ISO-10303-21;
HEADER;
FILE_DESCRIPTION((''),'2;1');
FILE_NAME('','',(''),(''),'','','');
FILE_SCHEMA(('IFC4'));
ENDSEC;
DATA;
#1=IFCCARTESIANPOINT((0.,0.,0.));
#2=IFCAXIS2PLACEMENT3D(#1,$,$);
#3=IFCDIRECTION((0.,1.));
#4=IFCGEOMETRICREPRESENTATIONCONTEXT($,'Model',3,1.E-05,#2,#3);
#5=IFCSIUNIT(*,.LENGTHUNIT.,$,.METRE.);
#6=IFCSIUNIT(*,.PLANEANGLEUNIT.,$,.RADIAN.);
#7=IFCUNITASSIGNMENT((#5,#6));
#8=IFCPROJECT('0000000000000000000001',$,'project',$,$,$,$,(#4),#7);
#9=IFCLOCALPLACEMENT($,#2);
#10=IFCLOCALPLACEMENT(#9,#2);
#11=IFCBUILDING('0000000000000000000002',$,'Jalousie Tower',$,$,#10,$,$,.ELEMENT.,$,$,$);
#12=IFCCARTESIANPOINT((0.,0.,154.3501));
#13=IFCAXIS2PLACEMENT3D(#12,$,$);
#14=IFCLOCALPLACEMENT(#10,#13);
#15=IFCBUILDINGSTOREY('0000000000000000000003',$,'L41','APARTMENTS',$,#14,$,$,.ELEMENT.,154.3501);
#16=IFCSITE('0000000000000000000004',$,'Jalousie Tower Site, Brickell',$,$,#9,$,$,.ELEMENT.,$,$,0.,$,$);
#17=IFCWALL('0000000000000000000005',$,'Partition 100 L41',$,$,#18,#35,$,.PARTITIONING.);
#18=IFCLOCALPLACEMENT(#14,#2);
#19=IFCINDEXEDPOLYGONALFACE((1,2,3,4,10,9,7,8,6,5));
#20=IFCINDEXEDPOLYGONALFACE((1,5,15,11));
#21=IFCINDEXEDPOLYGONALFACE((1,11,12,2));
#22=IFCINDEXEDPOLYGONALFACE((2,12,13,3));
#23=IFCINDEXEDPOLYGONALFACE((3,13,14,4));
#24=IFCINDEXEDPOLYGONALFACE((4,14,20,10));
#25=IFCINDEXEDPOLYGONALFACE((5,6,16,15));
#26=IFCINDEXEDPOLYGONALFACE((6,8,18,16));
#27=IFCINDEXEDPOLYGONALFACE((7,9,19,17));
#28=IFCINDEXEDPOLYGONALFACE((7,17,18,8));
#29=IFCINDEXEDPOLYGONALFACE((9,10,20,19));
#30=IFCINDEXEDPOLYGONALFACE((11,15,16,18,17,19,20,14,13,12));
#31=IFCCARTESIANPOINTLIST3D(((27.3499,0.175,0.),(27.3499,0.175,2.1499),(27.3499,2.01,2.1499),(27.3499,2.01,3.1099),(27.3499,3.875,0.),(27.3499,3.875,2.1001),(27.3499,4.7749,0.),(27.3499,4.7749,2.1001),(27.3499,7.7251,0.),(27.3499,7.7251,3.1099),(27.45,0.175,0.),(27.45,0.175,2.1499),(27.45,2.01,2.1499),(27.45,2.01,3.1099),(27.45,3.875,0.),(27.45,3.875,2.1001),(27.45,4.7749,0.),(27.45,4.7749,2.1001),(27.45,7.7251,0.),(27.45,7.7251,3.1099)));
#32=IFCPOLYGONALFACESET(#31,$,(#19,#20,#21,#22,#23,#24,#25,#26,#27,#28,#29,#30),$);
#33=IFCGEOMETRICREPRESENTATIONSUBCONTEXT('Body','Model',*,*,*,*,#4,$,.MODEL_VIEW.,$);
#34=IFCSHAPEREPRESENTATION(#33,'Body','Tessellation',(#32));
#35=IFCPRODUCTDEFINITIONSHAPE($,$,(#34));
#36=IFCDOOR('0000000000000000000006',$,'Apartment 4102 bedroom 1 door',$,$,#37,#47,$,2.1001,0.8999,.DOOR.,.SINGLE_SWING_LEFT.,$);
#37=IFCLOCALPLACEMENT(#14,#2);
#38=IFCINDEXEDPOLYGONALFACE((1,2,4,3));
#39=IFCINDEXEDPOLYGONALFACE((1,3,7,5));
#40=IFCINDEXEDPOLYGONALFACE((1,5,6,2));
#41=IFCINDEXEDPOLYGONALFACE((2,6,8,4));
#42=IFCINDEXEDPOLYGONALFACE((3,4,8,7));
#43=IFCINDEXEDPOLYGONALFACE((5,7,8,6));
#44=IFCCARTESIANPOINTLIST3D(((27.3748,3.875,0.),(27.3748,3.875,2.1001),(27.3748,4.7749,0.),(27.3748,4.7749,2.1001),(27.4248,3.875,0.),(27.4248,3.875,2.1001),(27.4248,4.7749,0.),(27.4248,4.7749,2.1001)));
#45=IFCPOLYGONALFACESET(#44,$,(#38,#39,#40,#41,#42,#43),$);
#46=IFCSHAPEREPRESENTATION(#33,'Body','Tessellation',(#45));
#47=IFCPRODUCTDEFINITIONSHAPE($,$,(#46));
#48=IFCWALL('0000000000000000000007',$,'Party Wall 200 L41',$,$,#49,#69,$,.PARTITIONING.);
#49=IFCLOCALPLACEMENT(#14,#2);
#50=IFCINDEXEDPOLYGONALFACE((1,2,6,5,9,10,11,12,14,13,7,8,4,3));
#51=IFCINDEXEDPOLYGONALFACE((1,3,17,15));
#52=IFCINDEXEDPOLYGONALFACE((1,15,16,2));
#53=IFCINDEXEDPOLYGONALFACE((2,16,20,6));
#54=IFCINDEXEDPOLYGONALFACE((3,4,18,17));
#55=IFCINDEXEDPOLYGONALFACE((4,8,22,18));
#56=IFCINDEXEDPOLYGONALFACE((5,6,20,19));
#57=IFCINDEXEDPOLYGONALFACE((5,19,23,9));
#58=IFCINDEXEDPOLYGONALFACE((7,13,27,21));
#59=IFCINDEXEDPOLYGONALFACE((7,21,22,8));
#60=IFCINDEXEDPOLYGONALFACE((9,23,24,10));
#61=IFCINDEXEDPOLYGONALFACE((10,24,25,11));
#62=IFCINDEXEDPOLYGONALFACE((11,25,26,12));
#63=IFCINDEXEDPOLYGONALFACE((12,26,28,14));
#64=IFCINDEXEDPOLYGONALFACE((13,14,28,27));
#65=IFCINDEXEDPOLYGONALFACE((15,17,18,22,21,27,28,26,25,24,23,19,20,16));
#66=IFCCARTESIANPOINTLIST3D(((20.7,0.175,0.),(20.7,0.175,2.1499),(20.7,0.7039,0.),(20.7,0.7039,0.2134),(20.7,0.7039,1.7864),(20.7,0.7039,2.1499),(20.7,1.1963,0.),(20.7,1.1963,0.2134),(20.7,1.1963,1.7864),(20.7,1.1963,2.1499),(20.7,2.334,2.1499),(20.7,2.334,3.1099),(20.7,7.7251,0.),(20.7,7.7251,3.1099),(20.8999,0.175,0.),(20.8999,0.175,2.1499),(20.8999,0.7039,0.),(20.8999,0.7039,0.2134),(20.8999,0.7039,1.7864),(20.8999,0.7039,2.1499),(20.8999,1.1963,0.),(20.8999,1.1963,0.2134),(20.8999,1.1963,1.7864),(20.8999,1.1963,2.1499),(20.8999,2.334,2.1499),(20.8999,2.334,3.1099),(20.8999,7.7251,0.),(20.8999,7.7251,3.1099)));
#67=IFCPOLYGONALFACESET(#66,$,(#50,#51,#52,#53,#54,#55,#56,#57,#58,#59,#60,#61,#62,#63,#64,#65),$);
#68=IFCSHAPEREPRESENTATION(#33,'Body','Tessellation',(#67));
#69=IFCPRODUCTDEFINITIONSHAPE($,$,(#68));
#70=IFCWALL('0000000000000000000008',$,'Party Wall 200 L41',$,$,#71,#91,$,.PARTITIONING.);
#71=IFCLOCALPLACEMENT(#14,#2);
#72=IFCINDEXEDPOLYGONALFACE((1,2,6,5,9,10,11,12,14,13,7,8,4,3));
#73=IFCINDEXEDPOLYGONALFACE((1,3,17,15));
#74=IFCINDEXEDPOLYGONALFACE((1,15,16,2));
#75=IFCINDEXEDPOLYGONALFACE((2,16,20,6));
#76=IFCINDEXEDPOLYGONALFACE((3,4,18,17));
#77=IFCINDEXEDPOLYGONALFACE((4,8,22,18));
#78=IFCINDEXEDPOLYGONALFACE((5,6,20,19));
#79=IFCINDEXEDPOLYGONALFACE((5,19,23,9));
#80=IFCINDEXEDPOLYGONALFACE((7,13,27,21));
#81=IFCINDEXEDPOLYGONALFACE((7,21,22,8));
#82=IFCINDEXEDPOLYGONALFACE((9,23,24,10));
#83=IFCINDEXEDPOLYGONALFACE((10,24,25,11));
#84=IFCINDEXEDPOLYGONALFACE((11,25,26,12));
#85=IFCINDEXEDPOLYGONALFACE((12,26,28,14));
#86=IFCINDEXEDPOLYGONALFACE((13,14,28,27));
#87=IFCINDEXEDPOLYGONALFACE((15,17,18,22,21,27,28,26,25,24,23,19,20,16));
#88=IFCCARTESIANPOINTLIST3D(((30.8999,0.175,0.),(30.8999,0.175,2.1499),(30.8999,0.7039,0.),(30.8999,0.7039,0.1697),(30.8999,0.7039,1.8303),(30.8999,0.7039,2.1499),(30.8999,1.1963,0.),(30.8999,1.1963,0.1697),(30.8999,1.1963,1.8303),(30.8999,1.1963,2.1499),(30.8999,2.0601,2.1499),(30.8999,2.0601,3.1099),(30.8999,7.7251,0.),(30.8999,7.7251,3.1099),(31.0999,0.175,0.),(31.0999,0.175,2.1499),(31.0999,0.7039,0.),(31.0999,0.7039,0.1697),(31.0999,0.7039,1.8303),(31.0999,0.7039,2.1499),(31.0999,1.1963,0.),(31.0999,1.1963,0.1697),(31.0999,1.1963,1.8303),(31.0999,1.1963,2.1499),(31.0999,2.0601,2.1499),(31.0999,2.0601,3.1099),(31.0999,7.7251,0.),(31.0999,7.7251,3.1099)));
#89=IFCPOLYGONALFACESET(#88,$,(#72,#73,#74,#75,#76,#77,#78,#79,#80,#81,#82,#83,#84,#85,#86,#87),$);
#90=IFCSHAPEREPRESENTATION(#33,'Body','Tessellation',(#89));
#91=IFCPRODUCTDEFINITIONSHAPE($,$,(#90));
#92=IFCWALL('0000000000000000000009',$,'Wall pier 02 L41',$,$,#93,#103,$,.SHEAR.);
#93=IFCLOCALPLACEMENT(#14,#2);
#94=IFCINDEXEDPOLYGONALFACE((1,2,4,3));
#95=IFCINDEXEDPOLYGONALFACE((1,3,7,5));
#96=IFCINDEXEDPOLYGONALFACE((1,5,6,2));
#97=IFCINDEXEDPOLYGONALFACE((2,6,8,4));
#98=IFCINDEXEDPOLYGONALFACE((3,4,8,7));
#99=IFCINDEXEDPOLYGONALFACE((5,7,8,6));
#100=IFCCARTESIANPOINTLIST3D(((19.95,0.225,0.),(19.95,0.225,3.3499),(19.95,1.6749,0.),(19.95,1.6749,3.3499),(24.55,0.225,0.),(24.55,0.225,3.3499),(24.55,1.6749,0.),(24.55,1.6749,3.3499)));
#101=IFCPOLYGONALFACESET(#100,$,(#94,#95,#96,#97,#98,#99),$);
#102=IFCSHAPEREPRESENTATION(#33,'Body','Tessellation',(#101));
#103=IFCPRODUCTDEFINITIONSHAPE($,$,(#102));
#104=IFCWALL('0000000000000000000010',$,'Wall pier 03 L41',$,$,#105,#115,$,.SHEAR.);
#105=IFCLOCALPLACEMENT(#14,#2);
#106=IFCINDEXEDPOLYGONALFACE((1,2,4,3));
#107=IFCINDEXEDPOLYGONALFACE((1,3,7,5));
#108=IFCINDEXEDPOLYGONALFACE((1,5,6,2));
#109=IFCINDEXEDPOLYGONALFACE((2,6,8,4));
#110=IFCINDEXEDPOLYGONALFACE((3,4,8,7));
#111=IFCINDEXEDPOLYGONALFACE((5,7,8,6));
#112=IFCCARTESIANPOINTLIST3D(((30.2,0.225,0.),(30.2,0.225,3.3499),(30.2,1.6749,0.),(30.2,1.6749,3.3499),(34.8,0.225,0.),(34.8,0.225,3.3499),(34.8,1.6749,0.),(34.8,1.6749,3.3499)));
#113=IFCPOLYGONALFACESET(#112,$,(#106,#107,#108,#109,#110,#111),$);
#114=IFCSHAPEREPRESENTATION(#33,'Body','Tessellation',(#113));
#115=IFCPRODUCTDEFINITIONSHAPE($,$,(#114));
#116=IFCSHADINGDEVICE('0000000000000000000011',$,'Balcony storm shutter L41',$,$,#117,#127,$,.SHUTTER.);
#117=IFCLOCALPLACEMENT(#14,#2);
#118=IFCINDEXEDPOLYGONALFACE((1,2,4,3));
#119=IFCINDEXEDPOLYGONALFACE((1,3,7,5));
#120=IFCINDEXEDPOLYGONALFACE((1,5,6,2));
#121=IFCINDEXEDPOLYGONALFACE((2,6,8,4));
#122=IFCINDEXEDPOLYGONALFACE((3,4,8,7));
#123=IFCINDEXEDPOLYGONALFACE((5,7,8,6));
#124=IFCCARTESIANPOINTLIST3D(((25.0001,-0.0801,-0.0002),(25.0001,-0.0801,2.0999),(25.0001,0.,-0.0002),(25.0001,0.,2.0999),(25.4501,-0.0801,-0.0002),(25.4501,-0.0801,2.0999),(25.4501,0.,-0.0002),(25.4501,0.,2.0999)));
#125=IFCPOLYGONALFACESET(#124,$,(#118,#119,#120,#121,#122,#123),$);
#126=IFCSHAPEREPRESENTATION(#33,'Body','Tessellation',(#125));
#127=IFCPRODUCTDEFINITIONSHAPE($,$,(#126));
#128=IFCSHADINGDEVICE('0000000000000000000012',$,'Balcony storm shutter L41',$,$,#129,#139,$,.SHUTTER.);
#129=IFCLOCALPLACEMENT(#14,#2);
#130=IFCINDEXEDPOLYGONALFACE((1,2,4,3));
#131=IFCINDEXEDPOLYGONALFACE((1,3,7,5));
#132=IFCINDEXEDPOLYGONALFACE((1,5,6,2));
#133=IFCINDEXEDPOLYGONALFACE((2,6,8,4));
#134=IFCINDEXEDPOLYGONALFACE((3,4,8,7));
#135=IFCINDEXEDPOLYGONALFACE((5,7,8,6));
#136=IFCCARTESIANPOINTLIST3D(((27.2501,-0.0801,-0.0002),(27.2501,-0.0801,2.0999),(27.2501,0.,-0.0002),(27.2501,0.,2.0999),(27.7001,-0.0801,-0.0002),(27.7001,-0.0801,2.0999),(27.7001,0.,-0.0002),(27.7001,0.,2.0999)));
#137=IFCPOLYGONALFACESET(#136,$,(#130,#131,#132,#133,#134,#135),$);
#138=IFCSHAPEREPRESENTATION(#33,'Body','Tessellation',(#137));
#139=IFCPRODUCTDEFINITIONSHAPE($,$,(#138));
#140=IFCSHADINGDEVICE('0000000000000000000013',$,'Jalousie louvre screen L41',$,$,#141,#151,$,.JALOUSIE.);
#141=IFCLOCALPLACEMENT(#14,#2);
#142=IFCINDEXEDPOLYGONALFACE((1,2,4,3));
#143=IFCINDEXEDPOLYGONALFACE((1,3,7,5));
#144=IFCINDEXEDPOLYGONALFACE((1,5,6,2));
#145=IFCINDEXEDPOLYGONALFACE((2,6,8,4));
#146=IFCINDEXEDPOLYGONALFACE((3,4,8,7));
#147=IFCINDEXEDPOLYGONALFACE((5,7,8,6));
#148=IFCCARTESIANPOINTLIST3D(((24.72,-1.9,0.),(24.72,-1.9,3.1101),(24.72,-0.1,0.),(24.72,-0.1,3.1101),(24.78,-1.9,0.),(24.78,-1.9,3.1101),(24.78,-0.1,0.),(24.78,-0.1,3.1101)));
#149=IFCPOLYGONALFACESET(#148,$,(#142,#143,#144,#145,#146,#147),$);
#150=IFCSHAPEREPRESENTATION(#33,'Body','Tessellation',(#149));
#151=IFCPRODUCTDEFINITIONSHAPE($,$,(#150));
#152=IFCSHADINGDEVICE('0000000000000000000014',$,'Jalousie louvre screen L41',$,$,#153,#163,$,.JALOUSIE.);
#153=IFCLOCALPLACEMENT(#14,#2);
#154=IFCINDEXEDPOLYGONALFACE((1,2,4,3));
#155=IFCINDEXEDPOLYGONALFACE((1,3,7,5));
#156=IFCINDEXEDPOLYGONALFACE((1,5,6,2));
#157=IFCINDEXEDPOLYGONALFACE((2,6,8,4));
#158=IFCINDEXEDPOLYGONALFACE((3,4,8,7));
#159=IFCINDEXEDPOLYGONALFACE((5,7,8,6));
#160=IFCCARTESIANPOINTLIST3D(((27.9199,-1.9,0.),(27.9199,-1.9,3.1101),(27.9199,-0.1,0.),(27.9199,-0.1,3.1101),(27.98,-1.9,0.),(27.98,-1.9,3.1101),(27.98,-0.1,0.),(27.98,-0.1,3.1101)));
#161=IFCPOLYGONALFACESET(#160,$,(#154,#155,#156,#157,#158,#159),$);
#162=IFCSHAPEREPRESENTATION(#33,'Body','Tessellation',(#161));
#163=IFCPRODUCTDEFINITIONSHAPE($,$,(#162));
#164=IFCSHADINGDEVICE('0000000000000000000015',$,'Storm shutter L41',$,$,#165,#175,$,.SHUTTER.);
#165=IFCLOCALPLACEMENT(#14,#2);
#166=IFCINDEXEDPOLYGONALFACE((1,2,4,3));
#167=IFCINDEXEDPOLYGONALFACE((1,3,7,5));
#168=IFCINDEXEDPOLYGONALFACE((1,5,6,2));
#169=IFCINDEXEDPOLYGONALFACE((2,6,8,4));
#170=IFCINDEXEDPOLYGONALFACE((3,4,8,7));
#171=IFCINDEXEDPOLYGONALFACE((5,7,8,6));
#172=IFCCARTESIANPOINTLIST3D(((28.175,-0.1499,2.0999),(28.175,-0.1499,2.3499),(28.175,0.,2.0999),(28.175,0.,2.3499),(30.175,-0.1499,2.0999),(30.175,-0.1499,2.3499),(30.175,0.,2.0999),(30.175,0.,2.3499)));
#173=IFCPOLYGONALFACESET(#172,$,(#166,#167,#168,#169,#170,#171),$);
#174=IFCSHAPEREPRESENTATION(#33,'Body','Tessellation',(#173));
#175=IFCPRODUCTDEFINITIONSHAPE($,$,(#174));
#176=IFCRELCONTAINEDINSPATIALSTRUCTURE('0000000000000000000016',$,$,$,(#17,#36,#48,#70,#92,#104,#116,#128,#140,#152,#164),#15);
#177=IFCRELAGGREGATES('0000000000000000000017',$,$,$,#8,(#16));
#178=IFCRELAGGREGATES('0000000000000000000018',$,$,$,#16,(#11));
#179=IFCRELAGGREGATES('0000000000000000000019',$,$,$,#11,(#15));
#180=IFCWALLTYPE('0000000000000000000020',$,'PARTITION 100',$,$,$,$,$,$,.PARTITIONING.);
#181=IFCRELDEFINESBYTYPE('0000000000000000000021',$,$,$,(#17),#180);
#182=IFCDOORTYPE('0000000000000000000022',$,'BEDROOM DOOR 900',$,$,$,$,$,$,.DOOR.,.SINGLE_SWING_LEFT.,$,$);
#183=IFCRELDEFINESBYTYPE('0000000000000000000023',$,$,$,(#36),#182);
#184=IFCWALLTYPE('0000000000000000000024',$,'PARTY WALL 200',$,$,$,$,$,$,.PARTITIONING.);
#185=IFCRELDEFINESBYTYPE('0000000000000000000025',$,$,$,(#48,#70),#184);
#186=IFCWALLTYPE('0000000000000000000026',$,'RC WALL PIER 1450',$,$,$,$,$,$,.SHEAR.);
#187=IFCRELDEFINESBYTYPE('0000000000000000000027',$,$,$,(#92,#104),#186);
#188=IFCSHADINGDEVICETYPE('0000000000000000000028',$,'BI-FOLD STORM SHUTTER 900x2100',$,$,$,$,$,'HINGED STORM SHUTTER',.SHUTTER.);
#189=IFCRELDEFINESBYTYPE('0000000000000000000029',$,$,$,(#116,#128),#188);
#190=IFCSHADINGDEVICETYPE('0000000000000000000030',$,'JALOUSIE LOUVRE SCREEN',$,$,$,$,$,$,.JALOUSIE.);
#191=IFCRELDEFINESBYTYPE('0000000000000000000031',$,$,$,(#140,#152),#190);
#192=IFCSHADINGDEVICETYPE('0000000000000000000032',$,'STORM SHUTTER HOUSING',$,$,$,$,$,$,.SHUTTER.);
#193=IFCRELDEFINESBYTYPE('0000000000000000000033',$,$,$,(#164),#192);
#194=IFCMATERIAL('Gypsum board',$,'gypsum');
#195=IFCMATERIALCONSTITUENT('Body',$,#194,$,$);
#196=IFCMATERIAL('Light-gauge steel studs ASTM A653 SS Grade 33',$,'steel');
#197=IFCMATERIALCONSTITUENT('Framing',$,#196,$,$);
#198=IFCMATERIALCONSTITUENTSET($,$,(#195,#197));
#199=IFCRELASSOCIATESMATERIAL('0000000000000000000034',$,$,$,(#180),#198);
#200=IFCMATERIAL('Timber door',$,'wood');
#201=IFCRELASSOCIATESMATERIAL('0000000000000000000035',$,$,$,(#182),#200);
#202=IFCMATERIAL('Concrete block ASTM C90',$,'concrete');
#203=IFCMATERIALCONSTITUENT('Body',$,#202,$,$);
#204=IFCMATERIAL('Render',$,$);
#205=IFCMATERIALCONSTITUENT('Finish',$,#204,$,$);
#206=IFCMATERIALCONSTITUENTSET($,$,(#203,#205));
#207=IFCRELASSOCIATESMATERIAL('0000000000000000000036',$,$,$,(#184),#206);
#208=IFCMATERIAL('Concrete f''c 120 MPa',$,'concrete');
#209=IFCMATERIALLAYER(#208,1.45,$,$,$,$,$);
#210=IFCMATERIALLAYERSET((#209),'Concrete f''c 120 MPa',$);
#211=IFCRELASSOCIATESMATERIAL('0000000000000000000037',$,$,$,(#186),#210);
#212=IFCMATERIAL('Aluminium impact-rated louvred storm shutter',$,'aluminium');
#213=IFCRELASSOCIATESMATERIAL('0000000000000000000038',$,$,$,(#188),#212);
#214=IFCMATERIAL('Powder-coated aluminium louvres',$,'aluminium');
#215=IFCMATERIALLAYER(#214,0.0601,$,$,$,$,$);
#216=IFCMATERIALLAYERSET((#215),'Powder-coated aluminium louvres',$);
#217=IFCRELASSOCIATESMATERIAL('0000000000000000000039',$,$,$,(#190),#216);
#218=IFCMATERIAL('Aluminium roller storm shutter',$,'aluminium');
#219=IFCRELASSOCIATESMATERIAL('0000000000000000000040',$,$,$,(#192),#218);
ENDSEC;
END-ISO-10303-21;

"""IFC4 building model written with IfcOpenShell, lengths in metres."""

from ifc_helpers import new_model, si_unit, direction, frame, frame_2d, origin, origin_2d, place, context, subcontext, project, spatial, polyline, rectangle, outline, extrude, material, layer, layer_set, constituent, constituent_set, type_object, element, fill, save


model = new_model("IFC4")

# Units and contexts
model_context = context("Model", 3, precision=1e-05, world=origin(), true_north=direction((0.0, 1.0)))
body_context = subcontext(model_context, "Body", "Model", "MODEL_VIEW")
ifc_project = project(units=[si_unit("LENGTHUNIT", "METRE"), si_unit("PLANEANGLEUNIT", "RADIAN")], contexts=[model_context])

# Site, building, storey
site_placement = place(None, origin())
site = spatial("IfcSite", under=ifc_project, at=site_placement, Name="Jalousie Tower Site, Brickell", CompositionType="ELEMENT", RefElevation=0.0)
building_placement = place(site_placement, origin())
building = spatial("IfcBuilding", under=site, at=building_placement, Name="Jalousie Tower", CompositionType="ELEMENT")
storey_placement = place(building_placement, frame((0.0, 0.0, 154.3501)))
storey = spatial("IfcBuildingStorey", under=building, at=storey_placement, Name="L41", Description="APARTMENTS", CompositionType="ELEMENT", Elevation=154.3501)

# Wall, opening, door
ifc_material_1 = material(Name="Gypsum board", Category="gypsum")
ifc_constituent_1 = constituent(ifc_material_1, Name="Body")
ifc_material_2 = material(Name="Light-gauge steel studs ASTM A653 SS Grade 33", Category="steel")
ifc_constituent_2 = constituent(ifc_material_2, Name="Framing")
ifc_constituent_set_1 = constituent_set(constituents=[ifc_constituent_1, ifc_constituent_2])
wall_type_1 = type_object("IfcWallType", Name="PARTITION 100", PredefinedType="PARTITIONING", material=ifc_constituent_set_1)
wall_1_placement = place(storey_placement, frame((27.3999, 0.175, 0.0), z_axis=(0.0, 0.0, 1.0), x_axis=(0.0, 1.0, 0.0)))
wall_1 = element("IfcWall", 1, at=wall_1_placement, inside=storey, type_object=wall_type_1, Name="Partition 100 L41", PredefinedType="PARTITIONING", context=body_context, shape_type="SweptSolid", body=[
    extrude(outline(polyline([(0.0, 0.0), (7.55, 0.0), (7.55, 3.1099), (1.835, 3.1099), (1.835, 2.1499), (0.0, 2.1499), (0.0, 3.1099), (0.0, 0.0)])), frame((0.0, 0.05, 0.0), z_axis=(0.0, -1.0, 0.0), x_axis=(1.0, 0.0, 0.0)), (0.0, 0.0, 1.0), 0.1001),
])
opening_1_placement = place(wall_1_placement, frame((3.7, 0.0, 0.0)))
opening_1 = element("IfcOpeningElement", 2, at=opening_1_placement, cuts=wall_1, PredefinedType="OPENING", context=body_context, shape_type="SweptSolid", body=[
    extrude(rectangle(XDim=0.8999, YDim=2.1001, at=frame_2d((0.45, 1.05))), frame((0.0, 0.0601, 0.0), z_axis=(0.0, -1.0, 0.0), x_axis=(1.0, 0.0, 0.0)), (0.0, 0.0, 1.0), 0.1201),
])
ifc_material_3 = material(Name="Timber door", Category="wood")
door_type_1 = type_object("IfcDoorType", Name="BEDROOM DOOR 900", OperationType="SINGLE_SWING_LEFT", PredefinedType="DOOR", material=ifc_material_3)
door_1_placement = place(opening_1_placement, frame((0.8999, 0.0, 0.0), z_axis=(0.0, 0.0, 1.0), x_axis=(-1.0, 0.0, 0.0)))
door_1 = element("IfcDoor", 3, at=door_1_placement, inside=storey, type_object=door_type_1, Name="Apartment 4102 bedroom 1 door", OperationType="SINGLE_SWING_LEFT", OverallHeight=2.1001, OverallWidth=0.8999, PredefinedType="DOOR", context=body_context, shape_type="SweptSolid", body=[
    extrude(rectangle(XDim=0.8999, YDim=2.1001, at=frame_2d((0.45, 1.05))), frame((0.0, 0.0249, 0.0), z_axis=(0.0, -1.0, 0.0), x_axis=(1.0, 0.0, 0.0)), (0.0, 0.0, 1.0), 0.05),
])
fill(opening_1, door_1)

# Walls
ifc_material_4 = material(Name="Concrete block ASTM C90", Category="concrete")
ifc_constituent_3 = constituent(ifc_material_4, Name="Body")
ifc_material_5 = material(Name="Render")
ifc_constituent_4 = constituent(ifc_material_5, Name="Finish")
ifc_constituent_set_2 = constituent_set(constituents=[ifc_constituent_3, ifc_constituent_4])
wall_type_2 = type_object("IfcWallType", Name="PARTY WALL 200", PredefinedType="PARTITIONING", material=ifc_constituent_set_2)
wall_2_placement = place(storey_placement, frame((20.8, 0.175, 0.0), z_axis=(0.0, 0.0, 1.0), x_axis=(0.0, 1.0, 0.0)))
element("IfcWall", 4, at=wall_2_placement, inside=storey, type_object=wall_type_2, Name="Party Wall 200 L41", PredefinedType="PARTITIONING", context=body_context, shape_type="SweptSolid", body=[
    extrude(outline(polyline([(0.5288, 2.1499), (0.0, 2.1499), (0.0, 0.0), (0.5288, 0.0), (0.5288, 0.2134), (1.0212, 0.2134), (1.0212, 0.0), (7.55, 0.0), (7.55, 3.1099), (2.1589, 3.1099), (2.1589, 2.1499), (1.0212, 2.1499), (1.0212, 1.7864), (0.5288, 1.7864), (0.5288, 2.1499)])), frame((0.0, 0.1001, 0.0), z_axis=(0.0, -1.0, 0.0), x_axis=(1.0, 0.0, 0.0)), (0.0, 0.0, 1.0), 0.2),
])
wall_3_placement = place(storey_placement, frame((31.0, 0.175, 0.0), z_axis=(0.0, 0.0, 1.0), x_axis=(0.0, 1.0, 0.0)))
element("IfcWall", 5, at=wall_3_placement, inside=storey, type_object=wall_type_2, Name="Party Wall 200 L41", PredefinedType="PARTITIONING", context=body_context, shape_type="SweptSolid", body=[
    extrude(outline(polyline([(0.5288, 2.1499), (0.0, 2.1499), (0.0, 0.0), (0.5288, 0.0), (0.5288, 0.1697), (1.0212, 0.1697), (1.0212, 0.0), (7.55, 0.0), (7.55, 3.1099), (1.885, 3.1099), (1.885, 2.1499), (1.0212, 2.1499), (1.0212, 1.8303), (0.5288, 1.8303), (0.5288, 2.1499)])), frame((0.0, 0.1001, 0.0), z_axis=(0.0, -1.0, 0.0), x_axis=(1.0, 0.0, 0.0)), (0.0, 0.0, 1.0), 0.2),
])
ifc_material_6 = material(Name="Concrete f'c 120 MPa", Category="concrete")
ifc_layer_1 = layer(ifc_material_6, 1.45)
ifc_layer_set_1 = layer_set([ifc_layer_1], Name="Concrete f'c 120 MPa")
wall_type_3 = type_object("IfcWallType", Name="RC WALL PIER 1450", PredefinedType="SHEAR", material=ifc_layer_set_1)
for number, where, z_axis, x_axis, name in (
    (6, (19.95, 0.95, 0.0), (0.0, 0.0, 1.0), (1.0, 0.0, 0.0), "Wall pier 02 L41"),
    (7, (30.2, 0.95, 0.0), (0.0, 0.0, 1.0), (1.0, 0.0, 0.0), "Wall pier 03 L41"),
):
    element("IfcWall", number, at=place(storey_placement, frame(where, z_axis=z_axis, x_axis=x_axis)), inside=storey, type_object=wall_type_3, Name=name, PredefinedType="SHEAR", context=body_context, shape_type="SweptSolid", body=[
        extrude(rectangle(XDim=4.6001, YDim=1.45, at=frame_2d((2.3, 0.0))), origin(), (0.0, 0.0, 1.0), 3.3499),
    ])

# Shading devices
ifc_material_7 = material(Name="Aluminium impact-rated louvred storm shutter", Category="aluminium")
shading_device_type_1 = type_object("IfcShadingDeviceType", Name="BI-FOLD STORM SHUTTER 900x2100", ElementType="HINGED STORM SHUTTER", PredefinedType="SHUTTER", material=ifc_material_7)
for number, where, z_axis, x_axis, name in (
    (8, (25.2251, -0.04, -0.0002), (0.0, 0.0, 1.0), (1.0, 0.0, 0.0), "Balcony storm shutter L41"),
    (9, (27.4751, -0.04, -0.0002), (0.0, 0.0, 1.0), (1.0, 0.0, 0.0), "Balcony storm shutter L41"),
):
    element("IfcShadingDevice", number, at=place(storey_placement, frame(where, z_axis=z_axis, x_axis=x_axis)), inside=storey, type_object=shading_device_type_1, Name=name, PredefinedType="SHUTTER", context=body_context, shape_type="SweptSolid", body=[
        extrude(rectangle(XDim=0.45, YDim=0.0801, at=origin_2d()), origin(), (0.0, 0.0, 1.0), 2.1001),
    ])

# Shading devices
ifc_material_8 = material(Name="Powder-coated aluminium louvres", Category="aluminium")
ifc_layer_2 = layer(ifc_material_8, 0.0601)
ifc_layer_set_2 = layer_set([ifc_layer_2], Name="Powder-coated aluminium louvres")
shading_device_type_2 = type_object("IfcShadingDeviceType", Name="JALOUSIE LOUVRE SCREEN", PredefinedType="JALOUSIE", material=ifc_layer_set_2)
for number, where, z_axis, x_axis, name in (
    (10, (24.75, -1.0, 0.0), (0.0, 0.0, 1.0), (1.0, 0.0, 0.0), "Jalousie louvre screen L41"),
    (11, (27.95, -1.0, 0.0), (0.0, 0.0, 1.0), (1.0, 0.0, 0.0), "Jalousie louvre screen L41"),
):
    element("IfcShadingDevice", number, at=place(storey_placement, frame(where, z_axis=z_axis, x_axis=x_axis)), inside=storey, type_object=shading_device_type_2, Name=name, PredefinedType="JALOUSIE", context=body_context, shape_type="SweptSolid", body=[
        extrude(rectangle(XDim=0.0601, YDim=1.8, at=origin_2d()), origin(), (0.0, 0.0, 1.0), 3.1101),
    ])
ifc_material_9 = material(Name="Aluminium roller storm shutter", Category="aluminium")
shading_device_type_3 = type_object("IfcShadingDeviceType", Name="STORM SHUTTER HOUSING", PredefinedType="SHUTTER", material=ifc_material_9)
shading_device_placement = place(storey_placement, frame((29.175, -0.075, 2.0999), z_axis=(0.0, 0.0, 1.0), x_axis=(1.0, 0.0, 0.0)))
element("IfcShadingDevice", 12, at=shading_device_placement, inside=storey, type_object=shading_device_type_3, Name="Storm shutter L41", PredefinedType="SHUTTER", context=body_context, shape_type="SweptSolid", body=[
    extrude(rectangle(XDim=2.0, YDim=0.1499, at=origin_2d()), origin(), (0.0, 0.0, 1.0), 0.25),
])

save(model, "model.ifc")
